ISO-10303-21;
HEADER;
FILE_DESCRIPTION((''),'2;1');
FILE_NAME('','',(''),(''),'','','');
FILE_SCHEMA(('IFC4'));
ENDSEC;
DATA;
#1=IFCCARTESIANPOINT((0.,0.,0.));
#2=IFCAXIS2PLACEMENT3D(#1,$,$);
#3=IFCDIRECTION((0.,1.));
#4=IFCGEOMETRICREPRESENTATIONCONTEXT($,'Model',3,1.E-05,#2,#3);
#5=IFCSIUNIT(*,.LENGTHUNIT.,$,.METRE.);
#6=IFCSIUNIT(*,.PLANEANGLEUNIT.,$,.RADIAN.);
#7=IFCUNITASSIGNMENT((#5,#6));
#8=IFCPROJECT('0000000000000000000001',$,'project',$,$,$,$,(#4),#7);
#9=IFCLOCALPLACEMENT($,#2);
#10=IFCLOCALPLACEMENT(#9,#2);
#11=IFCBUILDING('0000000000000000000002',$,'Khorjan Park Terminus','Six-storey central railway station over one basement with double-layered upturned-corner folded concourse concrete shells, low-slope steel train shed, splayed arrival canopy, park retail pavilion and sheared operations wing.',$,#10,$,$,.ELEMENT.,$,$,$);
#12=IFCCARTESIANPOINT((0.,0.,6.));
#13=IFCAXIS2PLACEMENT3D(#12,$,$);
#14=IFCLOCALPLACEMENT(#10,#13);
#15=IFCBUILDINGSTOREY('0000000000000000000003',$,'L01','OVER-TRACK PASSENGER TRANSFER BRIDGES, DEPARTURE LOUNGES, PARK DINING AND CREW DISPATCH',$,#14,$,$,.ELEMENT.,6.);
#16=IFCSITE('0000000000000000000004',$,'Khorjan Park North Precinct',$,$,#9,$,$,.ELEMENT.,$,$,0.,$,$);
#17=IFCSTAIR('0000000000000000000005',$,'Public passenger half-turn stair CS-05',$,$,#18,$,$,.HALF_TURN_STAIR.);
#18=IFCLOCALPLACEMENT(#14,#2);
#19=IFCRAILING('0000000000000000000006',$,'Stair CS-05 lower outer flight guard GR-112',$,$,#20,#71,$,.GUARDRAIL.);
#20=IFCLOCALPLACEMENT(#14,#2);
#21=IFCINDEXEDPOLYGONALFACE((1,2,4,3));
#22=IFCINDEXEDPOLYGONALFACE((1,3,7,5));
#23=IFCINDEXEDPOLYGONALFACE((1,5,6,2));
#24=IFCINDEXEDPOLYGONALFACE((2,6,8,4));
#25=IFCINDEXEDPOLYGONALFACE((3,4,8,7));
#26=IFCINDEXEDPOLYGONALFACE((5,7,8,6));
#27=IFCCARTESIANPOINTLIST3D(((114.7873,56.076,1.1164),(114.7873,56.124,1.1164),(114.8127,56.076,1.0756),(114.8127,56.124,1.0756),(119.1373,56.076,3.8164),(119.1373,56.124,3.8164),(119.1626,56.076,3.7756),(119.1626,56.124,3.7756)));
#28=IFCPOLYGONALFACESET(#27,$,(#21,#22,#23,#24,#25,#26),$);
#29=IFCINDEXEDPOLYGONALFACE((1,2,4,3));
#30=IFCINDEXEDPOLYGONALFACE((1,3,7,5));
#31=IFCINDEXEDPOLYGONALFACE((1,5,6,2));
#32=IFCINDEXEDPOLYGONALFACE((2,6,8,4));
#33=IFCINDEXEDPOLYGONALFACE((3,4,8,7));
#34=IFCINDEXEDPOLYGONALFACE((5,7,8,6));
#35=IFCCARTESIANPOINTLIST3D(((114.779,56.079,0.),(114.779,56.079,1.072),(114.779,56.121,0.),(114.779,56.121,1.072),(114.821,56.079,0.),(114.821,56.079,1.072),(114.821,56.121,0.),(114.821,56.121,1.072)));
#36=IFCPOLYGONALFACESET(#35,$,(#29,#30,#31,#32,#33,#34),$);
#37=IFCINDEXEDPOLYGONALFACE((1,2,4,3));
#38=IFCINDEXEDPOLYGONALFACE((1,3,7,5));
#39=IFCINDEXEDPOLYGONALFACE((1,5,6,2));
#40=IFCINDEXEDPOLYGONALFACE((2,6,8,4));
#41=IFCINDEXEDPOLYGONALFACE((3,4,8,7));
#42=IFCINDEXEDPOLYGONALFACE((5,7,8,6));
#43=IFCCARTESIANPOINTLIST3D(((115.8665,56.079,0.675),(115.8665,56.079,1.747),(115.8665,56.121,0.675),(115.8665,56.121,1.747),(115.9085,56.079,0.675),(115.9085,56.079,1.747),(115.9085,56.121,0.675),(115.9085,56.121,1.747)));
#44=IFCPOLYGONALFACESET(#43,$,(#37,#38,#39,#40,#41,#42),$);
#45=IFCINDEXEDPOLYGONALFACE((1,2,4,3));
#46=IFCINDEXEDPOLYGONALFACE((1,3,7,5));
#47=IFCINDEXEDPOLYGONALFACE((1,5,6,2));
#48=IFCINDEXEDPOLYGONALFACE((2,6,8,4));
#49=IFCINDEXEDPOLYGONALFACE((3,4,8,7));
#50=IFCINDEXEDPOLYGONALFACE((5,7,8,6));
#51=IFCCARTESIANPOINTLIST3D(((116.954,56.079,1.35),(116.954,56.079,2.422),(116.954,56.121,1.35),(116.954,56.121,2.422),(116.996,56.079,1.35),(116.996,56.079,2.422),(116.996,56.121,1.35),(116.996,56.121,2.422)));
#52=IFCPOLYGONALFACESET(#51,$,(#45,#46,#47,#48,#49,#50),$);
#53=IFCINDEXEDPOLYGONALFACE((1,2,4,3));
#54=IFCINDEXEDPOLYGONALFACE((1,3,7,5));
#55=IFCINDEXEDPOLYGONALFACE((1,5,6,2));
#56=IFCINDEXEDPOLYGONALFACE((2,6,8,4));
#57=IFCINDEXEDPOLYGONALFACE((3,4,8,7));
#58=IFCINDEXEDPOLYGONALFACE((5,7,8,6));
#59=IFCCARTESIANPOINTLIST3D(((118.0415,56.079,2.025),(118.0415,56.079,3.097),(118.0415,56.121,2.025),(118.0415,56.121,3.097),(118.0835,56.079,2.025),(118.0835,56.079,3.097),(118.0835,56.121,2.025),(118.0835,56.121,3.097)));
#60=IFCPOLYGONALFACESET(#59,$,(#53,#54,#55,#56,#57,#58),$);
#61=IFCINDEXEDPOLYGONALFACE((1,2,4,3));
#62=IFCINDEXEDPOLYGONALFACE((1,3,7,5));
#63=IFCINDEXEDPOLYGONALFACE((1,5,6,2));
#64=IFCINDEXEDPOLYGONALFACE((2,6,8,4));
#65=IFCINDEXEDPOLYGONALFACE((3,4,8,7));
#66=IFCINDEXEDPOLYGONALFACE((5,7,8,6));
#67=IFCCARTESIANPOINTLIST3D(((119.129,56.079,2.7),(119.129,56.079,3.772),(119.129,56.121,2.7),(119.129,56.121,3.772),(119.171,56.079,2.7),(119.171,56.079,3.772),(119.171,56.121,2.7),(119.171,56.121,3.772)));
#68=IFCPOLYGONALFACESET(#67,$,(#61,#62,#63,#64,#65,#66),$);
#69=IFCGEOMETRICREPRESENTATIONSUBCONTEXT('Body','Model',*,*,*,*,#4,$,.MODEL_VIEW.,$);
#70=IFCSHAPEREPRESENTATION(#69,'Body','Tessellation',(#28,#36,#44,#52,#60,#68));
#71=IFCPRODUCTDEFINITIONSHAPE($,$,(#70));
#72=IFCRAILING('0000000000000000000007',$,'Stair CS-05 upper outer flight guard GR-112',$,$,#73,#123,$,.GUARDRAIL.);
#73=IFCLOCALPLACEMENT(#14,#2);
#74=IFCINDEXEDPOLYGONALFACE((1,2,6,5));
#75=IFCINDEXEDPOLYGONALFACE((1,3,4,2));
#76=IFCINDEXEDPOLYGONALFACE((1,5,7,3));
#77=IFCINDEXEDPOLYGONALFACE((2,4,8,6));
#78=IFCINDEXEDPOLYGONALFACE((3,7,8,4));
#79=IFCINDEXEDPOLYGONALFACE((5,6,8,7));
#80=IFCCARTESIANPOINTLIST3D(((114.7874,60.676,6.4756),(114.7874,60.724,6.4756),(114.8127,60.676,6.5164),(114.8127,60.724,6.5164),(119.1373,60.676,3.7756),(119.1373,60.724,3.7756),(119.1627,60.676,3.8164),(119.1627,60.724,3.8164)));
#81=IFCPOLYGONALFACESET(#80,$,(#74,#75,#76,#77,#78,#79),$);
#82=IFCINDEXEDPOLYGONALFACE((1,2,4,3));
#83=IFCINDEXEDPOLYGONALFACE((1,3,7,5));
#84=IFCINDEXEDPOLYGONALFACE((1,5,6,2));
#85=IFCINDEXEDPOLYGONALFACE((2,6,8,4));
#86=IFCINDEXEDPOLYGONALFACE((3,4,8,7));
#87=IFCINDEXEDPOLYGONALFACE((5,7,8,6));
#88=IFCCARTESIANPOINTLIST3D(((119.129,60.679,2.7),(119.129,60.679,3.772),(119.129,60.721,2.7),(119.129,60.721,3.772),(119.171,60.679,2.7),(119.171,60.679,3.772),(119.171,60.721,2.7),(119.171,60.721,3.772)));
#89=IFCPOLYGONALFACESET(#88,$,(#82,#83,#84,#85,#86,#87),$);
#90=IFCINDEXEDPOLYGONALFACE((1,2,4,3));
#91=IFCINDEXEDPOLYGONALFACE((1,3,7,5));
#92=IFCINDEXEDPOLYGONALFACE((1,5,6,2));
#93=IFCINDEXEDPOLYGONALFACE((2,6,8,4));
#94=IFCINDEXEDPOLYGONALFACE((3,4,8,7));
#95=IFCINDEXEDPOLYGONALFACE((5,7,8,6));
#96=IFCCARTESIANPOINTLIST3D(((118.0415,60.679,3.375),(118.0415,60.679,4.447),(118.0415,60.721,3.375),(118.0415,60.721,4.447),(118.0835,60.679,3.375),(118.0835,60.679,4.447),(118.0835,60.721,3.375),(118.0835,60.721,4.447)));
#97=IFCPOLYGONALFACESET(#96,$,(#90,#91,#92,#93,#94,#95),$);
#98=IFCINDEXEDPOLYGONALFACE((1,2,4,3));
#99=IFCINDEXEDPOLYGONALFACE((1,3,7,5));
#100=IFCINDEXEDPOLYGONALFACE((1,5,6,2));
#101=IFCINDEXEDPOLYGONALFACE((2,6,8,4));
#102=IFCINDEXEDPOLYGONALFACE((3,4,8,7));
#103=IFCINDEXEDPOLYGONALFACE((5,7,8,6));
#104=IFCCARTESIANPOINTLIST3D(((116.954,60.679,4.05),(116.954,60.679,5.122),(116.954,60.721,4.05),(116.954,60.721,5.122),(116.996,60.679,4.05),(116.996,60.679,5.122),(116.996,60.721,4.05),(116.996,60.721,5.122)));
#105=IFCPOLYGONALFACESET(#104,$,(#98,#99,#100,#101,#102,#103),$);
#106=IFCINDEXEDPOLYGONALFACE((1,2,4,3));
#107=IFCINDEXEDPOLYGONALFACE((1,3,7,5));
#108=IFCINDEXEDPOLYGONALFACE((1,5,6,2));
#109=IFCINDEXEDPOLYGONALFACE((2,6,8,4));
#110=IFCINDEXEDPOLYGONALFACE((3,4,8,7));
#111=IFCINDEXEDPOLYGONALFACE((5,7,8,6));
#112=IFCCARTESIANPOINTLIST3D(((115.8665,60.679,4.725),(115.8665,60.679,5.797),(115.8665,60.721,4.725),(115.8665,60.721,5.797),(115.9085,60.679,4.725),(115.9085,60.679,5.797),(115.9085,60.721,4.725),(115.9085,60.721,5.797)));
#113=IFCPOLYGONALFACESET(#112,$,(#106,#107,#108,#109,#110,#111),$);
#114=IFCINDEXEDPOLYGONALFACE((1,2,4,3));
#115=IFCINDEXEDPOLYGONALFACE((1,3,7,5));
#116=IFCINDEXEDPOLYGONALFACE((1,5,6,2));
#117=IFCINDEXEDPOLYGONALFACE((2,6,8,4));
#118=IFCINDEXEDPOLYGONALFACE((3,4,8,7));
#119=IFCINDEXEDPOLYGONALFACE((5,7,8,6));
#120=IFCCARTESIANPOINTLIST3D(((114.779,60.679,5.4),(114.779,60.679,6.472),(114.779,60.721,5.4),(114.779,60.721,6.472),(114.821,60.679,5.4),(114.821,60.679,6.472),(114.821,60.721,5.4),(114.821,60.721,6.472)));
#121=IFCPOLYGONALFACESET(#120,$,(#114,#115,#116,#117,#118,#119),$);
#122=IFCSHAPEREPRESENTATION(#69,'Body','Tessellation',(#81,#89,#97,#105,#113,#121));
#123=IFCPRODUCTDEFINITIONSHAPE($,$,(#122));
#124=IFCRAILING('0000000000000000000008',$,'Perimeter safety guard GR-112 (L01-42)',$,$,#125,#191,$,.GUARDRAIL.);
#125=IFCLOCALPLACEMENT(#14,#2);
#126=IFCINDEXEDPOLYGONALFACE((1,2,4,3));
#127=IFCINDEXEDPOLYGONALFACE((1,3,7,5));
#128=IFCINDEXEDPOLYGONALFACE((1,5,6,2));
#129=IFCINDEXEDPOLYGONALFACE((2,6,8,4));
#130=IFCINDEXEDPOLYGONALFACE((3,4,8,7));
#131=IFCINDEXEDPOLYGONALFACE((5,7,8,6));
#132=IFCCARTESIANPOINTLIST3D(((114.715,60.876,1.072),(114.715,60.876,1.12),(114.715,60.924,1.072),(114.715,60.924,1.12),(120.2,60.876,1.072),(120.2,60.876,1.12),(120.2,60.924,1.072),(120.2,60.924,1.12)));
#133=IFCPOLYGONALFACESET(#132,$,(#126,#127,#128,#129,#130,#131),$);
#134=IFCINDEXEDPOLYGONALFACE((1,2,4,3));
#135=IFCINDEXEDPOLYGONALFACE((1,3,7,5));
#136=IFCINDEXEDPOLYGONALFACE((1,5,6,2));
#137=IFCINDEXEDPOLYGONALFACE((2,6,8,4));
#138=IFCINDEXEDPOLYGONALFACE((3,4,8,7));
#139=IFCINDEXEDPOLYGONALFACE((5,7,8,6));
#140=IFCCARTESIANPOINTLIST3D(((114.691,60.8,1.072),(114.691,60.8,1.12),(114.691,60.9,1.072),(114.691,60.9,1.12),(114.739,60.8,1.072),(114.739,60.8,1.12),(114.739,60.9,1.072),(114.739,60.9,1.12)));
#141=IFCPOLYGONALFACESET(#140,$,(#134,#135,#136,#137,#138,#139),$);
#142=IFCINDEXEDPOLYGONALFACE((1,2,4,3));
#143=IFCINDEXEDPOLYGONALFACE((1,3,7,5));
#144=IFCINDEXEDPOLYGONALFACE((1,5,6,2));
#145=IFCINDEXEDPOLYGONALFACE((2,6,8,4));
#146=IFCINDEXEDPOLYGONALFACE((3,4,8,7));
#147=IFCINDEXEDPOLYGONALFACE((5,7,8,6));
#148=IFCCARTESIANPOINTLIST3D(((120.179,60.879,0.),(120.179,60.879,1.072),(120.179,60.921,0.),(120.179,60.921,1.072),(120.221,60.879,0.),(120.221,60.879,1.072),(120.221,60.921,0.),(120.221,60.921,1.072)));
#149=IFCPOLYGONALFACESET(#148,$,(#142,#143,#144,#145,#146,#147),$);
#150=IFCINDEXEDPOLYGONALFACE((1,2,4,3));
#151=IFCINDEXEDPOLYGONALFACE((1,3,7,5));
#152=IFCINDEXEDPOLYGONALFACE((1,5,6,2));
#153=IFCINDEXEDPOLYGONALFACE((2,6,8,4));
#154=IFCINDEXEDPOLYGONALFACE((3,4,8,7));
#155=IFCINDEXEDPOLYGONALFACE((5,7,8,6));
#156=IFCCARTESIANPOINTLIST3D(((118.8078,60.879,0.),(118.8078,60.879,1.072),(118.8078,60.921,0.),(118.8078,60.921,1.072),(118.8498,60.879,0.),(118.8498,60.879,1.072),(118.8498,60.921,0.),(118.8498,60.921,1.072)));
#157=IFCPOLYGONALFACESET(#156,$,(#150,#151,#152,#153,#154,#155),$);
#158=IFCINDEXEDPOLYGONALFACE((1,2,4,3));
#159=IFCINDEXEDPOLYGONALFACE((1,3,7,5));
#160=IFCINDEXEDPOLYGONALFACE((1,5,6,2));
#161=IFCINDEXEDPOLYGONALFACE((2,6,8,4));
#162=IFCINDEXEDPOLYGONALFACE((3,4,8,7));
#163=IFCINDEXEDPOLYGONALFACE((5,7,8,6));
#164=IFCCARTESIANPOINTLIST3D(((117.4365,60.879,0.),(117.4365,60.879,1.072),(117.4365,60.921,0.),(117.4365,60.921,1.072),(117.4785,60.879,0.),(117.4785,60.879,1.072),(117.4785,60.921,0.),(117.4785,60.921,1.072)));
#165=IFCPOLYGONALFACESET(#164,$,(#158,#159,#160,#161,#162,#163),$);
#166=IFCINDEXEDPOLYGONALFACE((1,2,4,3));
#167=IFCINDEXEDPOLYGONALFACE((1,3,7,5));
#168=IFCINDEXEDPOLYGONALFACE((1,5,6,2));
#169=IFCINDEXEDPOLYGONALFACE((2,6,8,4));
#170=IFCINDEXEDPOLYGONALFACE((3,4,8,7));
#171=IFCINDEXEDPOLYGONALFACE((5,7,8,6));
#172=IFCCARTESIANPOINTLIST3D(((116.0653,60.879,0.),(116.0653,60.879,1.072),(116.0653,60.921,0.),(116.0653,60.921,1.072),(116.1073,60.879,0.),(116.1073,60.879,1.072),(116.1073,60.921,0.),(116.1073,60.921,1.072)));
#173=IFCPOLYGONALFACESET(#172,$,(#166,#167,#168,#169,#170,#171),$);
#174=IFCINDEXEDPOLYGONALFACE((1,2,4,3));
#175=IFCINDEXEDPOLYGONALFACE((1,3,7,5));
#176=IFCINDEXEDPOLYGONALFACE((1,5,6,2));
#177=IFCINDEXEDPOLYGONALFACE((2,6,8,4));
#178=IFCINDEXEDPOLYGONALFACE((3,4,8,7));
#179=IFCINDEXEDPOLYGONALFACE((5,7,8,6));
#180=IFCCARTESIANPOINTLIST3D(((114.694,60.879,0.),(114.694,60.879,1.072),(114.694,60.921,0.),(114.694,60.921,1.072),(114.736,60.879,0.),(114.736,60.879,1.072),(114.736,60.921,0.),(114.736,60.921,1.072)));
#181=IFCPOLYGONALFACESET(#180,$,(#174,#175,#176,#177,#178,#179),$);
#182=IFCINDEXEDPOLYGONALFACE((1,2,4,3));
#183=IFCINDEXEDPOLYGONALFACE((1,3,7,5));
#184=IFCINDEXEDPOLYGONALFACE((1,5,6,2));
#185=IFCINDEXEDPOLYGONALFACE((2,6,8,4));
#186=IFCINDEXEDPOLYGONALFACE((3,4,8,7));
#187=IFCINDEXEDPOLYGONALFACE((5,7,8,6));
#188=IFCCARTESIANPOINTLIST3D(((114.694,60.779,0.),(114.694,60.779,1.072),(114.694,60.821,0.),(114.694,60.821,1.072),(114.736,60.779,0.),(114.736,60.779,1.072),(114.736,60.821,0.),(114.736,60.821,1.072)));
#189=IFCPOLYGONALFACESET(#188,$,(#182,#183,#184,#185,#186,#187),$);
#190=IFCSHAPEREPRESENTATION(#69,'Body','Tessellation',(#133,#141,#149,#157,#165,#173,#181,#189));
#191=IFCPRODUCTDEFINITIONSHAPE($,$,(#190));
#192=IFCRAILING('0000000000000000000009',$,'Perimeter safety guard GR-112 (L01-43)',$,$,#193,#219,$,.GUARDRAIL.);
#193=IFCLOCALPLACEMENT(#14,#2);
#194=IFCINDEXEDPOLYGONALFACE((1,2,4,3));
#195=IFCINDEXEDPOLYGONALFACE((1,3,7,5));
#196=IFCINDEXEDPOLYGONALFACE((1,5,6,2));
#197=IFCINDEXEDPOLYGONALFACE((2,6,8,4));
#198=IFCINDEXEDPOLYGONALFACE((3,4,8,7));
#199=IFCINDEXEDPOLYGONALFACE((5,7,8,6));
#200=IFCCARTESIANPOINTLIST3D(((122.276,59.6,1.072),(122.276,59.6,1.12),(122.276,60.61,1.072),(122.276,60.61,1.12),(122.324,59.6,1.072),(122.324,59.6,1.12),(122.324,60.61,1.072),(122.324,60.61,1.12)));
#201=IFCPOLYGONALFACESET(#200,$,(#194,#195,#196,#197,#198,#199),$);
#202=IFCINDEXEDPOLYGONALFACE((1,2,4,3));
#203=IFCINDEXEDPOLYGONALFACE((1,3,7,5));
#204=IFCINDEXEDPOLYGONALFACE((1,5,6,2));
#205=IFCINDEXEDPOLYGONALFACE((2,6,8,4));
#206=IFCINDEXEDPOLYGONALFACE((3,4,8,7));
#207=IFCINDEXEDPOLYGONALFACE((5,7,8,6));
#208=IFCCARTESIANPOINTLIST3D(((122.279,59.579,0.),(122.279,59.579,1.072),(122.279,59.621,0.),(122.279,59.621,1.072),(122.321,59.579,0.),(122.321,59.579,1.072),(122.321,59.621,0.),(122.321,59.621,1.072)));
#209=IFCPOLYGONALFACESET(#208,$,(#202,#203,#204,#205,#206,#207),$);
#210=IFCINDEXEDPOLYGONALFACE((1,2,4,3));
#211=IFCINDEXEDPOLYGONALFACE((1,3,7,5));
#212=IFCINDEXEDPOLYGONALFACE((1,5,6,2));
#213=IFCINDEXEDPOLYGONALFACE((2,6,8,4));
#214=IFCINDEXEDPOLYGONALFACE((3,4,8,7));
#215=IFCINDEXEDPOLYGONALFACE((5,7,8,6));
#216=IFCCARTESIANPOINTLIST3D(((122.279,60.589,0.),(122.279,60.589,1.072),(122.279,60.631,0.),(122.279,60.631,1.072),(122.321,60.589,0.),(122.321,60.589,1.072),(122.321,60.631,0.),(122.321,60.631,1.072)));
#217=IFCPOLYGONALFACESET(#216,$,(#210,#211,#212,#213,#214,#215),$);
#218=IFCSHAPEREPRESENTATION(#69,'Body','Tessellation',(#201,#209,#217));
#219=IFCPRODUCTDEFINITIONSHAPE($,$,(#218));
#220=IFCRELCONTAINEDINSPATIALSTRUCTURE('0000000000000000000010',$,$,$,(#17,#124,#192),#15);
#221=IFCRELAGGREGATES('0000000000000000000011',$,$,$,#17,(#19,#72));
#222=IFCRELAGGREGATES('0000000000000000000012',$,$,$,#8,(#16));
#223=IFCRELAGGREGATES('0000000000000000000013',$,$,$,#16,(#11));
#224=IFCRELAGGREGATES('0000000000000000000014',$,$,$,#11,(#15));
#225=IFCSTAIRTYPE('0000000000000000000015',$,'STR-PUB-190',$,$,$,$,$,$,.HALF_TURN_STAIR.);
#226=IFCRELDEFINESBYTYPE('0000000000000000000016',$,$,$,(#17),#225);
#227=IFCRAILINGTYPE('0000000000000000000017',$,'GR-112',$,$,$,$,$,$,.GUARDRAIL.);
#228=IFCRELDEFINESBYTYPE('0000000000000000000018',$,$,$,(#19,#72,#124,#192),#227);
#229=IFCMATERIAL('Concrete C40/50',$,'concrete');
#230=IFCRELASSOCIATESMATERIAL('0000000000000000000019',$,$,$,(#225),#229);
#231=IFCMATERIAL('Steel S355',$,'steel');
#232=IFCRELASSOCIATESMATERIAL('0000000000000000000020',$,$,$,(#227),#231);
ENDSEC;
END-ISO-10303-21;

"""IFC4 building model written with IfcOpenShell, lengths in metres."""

from ifc_helpers import new_model, si_unit, direction, frame, origin, origin_2d, place, context, subcontext, project, spatial, rectangle, extrude, material, type_object, element, aggregate, save


model = new_model("IFC4")

# Units and contexts
model_context = context("Model", 3, precision=1e-05, world=origin(), true_north=direction((0.0, 1.0)))
body_context = subcontext(model_context, "Body", "Model", "MODEL_VIEW")
ifc_project = project(units=[si_unit("LENGTHUNIT", "METRE"), si_unit("PLANEANGLEUNIT", "RADIAN")], contexts=[model_context])

# Site, building, storey
site_placement = place(None, origin())
site = spatial("IfcSite", under=ifc_project, at=site_placement, Name="Khorjan Park North Precinct", CompositionType="ELEMENT", RefElevation=0.0)
building_placement = place(site_placement, origin())
building = spatial("IfcBuilding", under=site, at=building_placement, Name="Khorjan Park Terminus", Description="Six-storey central railway station over one basement with double-layered upturned-corner folded concourse concrete shells, low-slope steel train shed, splayed arrival canopy, park retail pavilion and sheared operations wing.", CompositionType="ELEMENT")
storey_placement = place(building_placement, frame((0.0, 0.0, 6.0)))
storey = spatial("IfcBuildingStorey", under=building, at=storey_placement, Name="L01", Description="OVER-TRACK PASSENGER TRANSFER BRIDGES, DEPARTURE LOUNGES, PARK DINING AND CREW DISPATCH", CompositionType="ELEMENT", Elevation=6.0)

# Shared definitions
ifc_material_1 = material(Name="Steel S355", Category="steel")

# Shared definitions
ifc_material_2 = material(Name="Concrete C40/50", Category="concrete")

# Stair
stair_type = type_object("IfcStairType", Name="STR-PUB-190", PredefinedType="HALF_TURN_STAIR", material=ifc_material_2)
stair_placement = place(storey_placement, origin())
stair = element("IfcStair", 1, at=stair_placement, inside=storey, type_object=stair_type, Name="Public passenger half-turn stair CS-05", PredefinedType="HALF_TURN_STAIR")

# Railings
railing_type_1 = type_object("IfcRailingType", Name="GR-112", PredefinedType="GUARDRAIL", material=ifc_material_1)
railing_1_placement = place(storey_placement, frame((114.8, 56.1, 0.0)))
railing_1 = element("IfcRailing", 2, at=railing_1_placement, type_object=railing_type_1, Name="Stair CS-05 lower outer flight guard GR-112", PredefinedType="GUARDRAIL", context=body_context, shape_type="SweptSolid", body=[
    extrude(rectangle(XDim=0.048, YDim=0.048, at=origin_2d()), frame((0.0, 0.0, 1.096), z_axis=(0.84964, 0.0, 0.527363), x_axis=(0.0, 1.0, 0.0)), (0.0, 0.0, 1.0), 5.1198),
    extrude(rectangle(XDim=0.042, YDim=0.042, at=origin_2d()), origin(), (0.0, 0.0, 1.0), 1.072),
    extrude(rectangle(XDim=0.042, YDim=0.042, at=origin_2d()), frame((1.0875, 0.0, 0.675)), (0.0, 0.0, 1.0), 1.072),
    extrude(rectangle(XDim=0.042, YDim=0.042, at=origin_2d()), frame((2.175, 0.0, 1.35)), (0.0, 0.0, 1.0), 1.072),
    extrude(rectangle(XDim=0.042, YDim=0.042, at=origin_2d()), frame((3.2625, 0.0, 2.025)), (0.0, 0.0, 1.0), 1.072),
    extrude(rectangle(XDim=0.042, YDim=0.042, at=origin_2d()), frame((4.35, 0.0, 2.7)), (0.0, 0.0, 1.0), 1.072),
])
railing_2_placement = place(storey_placement, frame((119.15, 60.7, 2.7)))
railing_2 = element("IfcRailing", 3, at=railing_2_placement, type_object=railing_type_1, Name="Stair CS-05 upper outer flight guard GR-112", PredefinedType="GUARDRAIL", context=body_context, shape_type="SweptSolid", body=[
    extrude(rectangle(XDim=0.048, YDim=0.048, at=origin_2d()), frame((0.0, 0.0, 1.096), z_axis=(-0.84964, 0.0, 0.527363), x_axis=(0.0, -1.0, 0.0)), (0.0, 0.0, 1.0), 5.1198),
    extrude(rectangle(XDim=0.042, YDim=0.042, at=origin_2d()), origin(), (0.0, 0.0, 1.0), 1.072),
    extrude(rectangle(XDim=0.042, YDim=0.042, at=origin_2d()), frame((-1.0875, 0.0, 0.675)), (0.0, 0.0, 1.0), 1.072),
    extrude(rectangle(XDim=0.042, YDim=0.042, at=origin_2d()), frame((-2.175, 0.0, 1.35)), (0.0, 0.0, 1.0), 1.072),
    extrude(rectangle(XDim=0.042, YDim=0.042, at=origin_2d()), frame((-3.2625, 0.0, 2.025)), (0.0, 0.0, 1.0), 1.072),
    extrude(rectangle(XDim=0.042, YDim=0.042, at=origin_2d()), frame((-4.35, 0.0, 2.7)), (0.0, 0.0, 1.0), 1.072),
])

# Railings
railing_3_placement = place(storey_placement, frame((120.2, 60.9, 0.0)))
element("IfcRailing", 4, at=railing_3_placement, inside=storey, type_object=railing_type_1, Name="Perimeter safety guard GR-112 (L01-42)", PredefinedType="GUARDRAIL", context=body_context, shape_type="SweptSolid", body=[
    extrude(rectangle(XDim=0.048, YDim=0.048, at=origin_2d()), frame((0.0, 0.0, 1.096), z_axis=(-1.0, 0.0, 0.0), x_axis=(0.0, -1.0, 0.0)), (0.0, 0.0, 1.0), 5.485),
    extrude(rectangle(XDim=0.048, YDim=0.048, at=origin_2d()), frame((-5.485, 0.0, 1.096), z_axis=(0.0, -1.0, 0.0), x_axis=(1.0, 0.0, 0.0)), (0.0, 0.0, 1.0), 0.1),
    extrude(rectangle(XDim=0.042, YDim=0.042, at=origin_2d()), origin(), (0.0, 0.0, 1.0), 1.072),
    extrude(rectangle(XDim=0.042, YDim=0.042, at=origin_2d()), frame((-1.3712, 0.0, 0.0)), (0.0, 0.0, 1.0), 1.072),
    extrude(rectangle(XDim=0.042, YDim=0.042, at=origin_2d()), frame((-2.7425, 0.0, 0.0)), (0.0, 0.0, 1.0), 1.072),
    extrude(rectangle(XDim=0.042, YDim=0.042, at=origin_2d()), frame((-4.1137, 0.0, 0.0)), (0.0, 0.0, 1.0), 1.072),
    extrude(rectangle(XDim=0.042, YDim=0.042, at=origin_2d()), frame((-5.485, 0.0, 0.0)), (0.0, 0.0, 1.0), 1.072),
    extrude(rectangle(XDim=0.042, YDim=0.042, at=origin_2d()), frame((-5.485, -0.1, 0.0)), (0.0, 0.0, 1.0), 1.072),
])
railing_4_placement = place(storey_placement, frame((122.3, 59.6, 0.0)))
element("IfcRailing", 5, at=railing_4_placement, inside=storey, type_object=railing_type_1, Name="Perimeter safety guard GR-112 (L01-43)", PredefinedType="GUARDRAIL", context=body_context, shape_type="SweptSolid", body=[
    extrude(rectangle(XDim=0.048, YDim=0.048, at=origin_2d()), frame((0.0, 0.0, 1.096), z_axis=(0.0, 1.0, 0.0), x_axis=(-1.0, 0.0, 0.0)), (0.0, 0.0, 1.0), 1.01),
    extrude(rectangle(XDim=0.042, YDim=0.042, at=origin_2d()), origin(), (0.0, 0.0, 1.0), 1.072),
    extrude(rectangle(XDim=0.042, YDim=0.042, at=origin_2d()), frame((0.0, 1.01, 0.0)), (0.0, 0.0, 1.0), 1.072),
])

aggregate(stair, [railing_1, railing_2])

save(model, "model.ifc")
